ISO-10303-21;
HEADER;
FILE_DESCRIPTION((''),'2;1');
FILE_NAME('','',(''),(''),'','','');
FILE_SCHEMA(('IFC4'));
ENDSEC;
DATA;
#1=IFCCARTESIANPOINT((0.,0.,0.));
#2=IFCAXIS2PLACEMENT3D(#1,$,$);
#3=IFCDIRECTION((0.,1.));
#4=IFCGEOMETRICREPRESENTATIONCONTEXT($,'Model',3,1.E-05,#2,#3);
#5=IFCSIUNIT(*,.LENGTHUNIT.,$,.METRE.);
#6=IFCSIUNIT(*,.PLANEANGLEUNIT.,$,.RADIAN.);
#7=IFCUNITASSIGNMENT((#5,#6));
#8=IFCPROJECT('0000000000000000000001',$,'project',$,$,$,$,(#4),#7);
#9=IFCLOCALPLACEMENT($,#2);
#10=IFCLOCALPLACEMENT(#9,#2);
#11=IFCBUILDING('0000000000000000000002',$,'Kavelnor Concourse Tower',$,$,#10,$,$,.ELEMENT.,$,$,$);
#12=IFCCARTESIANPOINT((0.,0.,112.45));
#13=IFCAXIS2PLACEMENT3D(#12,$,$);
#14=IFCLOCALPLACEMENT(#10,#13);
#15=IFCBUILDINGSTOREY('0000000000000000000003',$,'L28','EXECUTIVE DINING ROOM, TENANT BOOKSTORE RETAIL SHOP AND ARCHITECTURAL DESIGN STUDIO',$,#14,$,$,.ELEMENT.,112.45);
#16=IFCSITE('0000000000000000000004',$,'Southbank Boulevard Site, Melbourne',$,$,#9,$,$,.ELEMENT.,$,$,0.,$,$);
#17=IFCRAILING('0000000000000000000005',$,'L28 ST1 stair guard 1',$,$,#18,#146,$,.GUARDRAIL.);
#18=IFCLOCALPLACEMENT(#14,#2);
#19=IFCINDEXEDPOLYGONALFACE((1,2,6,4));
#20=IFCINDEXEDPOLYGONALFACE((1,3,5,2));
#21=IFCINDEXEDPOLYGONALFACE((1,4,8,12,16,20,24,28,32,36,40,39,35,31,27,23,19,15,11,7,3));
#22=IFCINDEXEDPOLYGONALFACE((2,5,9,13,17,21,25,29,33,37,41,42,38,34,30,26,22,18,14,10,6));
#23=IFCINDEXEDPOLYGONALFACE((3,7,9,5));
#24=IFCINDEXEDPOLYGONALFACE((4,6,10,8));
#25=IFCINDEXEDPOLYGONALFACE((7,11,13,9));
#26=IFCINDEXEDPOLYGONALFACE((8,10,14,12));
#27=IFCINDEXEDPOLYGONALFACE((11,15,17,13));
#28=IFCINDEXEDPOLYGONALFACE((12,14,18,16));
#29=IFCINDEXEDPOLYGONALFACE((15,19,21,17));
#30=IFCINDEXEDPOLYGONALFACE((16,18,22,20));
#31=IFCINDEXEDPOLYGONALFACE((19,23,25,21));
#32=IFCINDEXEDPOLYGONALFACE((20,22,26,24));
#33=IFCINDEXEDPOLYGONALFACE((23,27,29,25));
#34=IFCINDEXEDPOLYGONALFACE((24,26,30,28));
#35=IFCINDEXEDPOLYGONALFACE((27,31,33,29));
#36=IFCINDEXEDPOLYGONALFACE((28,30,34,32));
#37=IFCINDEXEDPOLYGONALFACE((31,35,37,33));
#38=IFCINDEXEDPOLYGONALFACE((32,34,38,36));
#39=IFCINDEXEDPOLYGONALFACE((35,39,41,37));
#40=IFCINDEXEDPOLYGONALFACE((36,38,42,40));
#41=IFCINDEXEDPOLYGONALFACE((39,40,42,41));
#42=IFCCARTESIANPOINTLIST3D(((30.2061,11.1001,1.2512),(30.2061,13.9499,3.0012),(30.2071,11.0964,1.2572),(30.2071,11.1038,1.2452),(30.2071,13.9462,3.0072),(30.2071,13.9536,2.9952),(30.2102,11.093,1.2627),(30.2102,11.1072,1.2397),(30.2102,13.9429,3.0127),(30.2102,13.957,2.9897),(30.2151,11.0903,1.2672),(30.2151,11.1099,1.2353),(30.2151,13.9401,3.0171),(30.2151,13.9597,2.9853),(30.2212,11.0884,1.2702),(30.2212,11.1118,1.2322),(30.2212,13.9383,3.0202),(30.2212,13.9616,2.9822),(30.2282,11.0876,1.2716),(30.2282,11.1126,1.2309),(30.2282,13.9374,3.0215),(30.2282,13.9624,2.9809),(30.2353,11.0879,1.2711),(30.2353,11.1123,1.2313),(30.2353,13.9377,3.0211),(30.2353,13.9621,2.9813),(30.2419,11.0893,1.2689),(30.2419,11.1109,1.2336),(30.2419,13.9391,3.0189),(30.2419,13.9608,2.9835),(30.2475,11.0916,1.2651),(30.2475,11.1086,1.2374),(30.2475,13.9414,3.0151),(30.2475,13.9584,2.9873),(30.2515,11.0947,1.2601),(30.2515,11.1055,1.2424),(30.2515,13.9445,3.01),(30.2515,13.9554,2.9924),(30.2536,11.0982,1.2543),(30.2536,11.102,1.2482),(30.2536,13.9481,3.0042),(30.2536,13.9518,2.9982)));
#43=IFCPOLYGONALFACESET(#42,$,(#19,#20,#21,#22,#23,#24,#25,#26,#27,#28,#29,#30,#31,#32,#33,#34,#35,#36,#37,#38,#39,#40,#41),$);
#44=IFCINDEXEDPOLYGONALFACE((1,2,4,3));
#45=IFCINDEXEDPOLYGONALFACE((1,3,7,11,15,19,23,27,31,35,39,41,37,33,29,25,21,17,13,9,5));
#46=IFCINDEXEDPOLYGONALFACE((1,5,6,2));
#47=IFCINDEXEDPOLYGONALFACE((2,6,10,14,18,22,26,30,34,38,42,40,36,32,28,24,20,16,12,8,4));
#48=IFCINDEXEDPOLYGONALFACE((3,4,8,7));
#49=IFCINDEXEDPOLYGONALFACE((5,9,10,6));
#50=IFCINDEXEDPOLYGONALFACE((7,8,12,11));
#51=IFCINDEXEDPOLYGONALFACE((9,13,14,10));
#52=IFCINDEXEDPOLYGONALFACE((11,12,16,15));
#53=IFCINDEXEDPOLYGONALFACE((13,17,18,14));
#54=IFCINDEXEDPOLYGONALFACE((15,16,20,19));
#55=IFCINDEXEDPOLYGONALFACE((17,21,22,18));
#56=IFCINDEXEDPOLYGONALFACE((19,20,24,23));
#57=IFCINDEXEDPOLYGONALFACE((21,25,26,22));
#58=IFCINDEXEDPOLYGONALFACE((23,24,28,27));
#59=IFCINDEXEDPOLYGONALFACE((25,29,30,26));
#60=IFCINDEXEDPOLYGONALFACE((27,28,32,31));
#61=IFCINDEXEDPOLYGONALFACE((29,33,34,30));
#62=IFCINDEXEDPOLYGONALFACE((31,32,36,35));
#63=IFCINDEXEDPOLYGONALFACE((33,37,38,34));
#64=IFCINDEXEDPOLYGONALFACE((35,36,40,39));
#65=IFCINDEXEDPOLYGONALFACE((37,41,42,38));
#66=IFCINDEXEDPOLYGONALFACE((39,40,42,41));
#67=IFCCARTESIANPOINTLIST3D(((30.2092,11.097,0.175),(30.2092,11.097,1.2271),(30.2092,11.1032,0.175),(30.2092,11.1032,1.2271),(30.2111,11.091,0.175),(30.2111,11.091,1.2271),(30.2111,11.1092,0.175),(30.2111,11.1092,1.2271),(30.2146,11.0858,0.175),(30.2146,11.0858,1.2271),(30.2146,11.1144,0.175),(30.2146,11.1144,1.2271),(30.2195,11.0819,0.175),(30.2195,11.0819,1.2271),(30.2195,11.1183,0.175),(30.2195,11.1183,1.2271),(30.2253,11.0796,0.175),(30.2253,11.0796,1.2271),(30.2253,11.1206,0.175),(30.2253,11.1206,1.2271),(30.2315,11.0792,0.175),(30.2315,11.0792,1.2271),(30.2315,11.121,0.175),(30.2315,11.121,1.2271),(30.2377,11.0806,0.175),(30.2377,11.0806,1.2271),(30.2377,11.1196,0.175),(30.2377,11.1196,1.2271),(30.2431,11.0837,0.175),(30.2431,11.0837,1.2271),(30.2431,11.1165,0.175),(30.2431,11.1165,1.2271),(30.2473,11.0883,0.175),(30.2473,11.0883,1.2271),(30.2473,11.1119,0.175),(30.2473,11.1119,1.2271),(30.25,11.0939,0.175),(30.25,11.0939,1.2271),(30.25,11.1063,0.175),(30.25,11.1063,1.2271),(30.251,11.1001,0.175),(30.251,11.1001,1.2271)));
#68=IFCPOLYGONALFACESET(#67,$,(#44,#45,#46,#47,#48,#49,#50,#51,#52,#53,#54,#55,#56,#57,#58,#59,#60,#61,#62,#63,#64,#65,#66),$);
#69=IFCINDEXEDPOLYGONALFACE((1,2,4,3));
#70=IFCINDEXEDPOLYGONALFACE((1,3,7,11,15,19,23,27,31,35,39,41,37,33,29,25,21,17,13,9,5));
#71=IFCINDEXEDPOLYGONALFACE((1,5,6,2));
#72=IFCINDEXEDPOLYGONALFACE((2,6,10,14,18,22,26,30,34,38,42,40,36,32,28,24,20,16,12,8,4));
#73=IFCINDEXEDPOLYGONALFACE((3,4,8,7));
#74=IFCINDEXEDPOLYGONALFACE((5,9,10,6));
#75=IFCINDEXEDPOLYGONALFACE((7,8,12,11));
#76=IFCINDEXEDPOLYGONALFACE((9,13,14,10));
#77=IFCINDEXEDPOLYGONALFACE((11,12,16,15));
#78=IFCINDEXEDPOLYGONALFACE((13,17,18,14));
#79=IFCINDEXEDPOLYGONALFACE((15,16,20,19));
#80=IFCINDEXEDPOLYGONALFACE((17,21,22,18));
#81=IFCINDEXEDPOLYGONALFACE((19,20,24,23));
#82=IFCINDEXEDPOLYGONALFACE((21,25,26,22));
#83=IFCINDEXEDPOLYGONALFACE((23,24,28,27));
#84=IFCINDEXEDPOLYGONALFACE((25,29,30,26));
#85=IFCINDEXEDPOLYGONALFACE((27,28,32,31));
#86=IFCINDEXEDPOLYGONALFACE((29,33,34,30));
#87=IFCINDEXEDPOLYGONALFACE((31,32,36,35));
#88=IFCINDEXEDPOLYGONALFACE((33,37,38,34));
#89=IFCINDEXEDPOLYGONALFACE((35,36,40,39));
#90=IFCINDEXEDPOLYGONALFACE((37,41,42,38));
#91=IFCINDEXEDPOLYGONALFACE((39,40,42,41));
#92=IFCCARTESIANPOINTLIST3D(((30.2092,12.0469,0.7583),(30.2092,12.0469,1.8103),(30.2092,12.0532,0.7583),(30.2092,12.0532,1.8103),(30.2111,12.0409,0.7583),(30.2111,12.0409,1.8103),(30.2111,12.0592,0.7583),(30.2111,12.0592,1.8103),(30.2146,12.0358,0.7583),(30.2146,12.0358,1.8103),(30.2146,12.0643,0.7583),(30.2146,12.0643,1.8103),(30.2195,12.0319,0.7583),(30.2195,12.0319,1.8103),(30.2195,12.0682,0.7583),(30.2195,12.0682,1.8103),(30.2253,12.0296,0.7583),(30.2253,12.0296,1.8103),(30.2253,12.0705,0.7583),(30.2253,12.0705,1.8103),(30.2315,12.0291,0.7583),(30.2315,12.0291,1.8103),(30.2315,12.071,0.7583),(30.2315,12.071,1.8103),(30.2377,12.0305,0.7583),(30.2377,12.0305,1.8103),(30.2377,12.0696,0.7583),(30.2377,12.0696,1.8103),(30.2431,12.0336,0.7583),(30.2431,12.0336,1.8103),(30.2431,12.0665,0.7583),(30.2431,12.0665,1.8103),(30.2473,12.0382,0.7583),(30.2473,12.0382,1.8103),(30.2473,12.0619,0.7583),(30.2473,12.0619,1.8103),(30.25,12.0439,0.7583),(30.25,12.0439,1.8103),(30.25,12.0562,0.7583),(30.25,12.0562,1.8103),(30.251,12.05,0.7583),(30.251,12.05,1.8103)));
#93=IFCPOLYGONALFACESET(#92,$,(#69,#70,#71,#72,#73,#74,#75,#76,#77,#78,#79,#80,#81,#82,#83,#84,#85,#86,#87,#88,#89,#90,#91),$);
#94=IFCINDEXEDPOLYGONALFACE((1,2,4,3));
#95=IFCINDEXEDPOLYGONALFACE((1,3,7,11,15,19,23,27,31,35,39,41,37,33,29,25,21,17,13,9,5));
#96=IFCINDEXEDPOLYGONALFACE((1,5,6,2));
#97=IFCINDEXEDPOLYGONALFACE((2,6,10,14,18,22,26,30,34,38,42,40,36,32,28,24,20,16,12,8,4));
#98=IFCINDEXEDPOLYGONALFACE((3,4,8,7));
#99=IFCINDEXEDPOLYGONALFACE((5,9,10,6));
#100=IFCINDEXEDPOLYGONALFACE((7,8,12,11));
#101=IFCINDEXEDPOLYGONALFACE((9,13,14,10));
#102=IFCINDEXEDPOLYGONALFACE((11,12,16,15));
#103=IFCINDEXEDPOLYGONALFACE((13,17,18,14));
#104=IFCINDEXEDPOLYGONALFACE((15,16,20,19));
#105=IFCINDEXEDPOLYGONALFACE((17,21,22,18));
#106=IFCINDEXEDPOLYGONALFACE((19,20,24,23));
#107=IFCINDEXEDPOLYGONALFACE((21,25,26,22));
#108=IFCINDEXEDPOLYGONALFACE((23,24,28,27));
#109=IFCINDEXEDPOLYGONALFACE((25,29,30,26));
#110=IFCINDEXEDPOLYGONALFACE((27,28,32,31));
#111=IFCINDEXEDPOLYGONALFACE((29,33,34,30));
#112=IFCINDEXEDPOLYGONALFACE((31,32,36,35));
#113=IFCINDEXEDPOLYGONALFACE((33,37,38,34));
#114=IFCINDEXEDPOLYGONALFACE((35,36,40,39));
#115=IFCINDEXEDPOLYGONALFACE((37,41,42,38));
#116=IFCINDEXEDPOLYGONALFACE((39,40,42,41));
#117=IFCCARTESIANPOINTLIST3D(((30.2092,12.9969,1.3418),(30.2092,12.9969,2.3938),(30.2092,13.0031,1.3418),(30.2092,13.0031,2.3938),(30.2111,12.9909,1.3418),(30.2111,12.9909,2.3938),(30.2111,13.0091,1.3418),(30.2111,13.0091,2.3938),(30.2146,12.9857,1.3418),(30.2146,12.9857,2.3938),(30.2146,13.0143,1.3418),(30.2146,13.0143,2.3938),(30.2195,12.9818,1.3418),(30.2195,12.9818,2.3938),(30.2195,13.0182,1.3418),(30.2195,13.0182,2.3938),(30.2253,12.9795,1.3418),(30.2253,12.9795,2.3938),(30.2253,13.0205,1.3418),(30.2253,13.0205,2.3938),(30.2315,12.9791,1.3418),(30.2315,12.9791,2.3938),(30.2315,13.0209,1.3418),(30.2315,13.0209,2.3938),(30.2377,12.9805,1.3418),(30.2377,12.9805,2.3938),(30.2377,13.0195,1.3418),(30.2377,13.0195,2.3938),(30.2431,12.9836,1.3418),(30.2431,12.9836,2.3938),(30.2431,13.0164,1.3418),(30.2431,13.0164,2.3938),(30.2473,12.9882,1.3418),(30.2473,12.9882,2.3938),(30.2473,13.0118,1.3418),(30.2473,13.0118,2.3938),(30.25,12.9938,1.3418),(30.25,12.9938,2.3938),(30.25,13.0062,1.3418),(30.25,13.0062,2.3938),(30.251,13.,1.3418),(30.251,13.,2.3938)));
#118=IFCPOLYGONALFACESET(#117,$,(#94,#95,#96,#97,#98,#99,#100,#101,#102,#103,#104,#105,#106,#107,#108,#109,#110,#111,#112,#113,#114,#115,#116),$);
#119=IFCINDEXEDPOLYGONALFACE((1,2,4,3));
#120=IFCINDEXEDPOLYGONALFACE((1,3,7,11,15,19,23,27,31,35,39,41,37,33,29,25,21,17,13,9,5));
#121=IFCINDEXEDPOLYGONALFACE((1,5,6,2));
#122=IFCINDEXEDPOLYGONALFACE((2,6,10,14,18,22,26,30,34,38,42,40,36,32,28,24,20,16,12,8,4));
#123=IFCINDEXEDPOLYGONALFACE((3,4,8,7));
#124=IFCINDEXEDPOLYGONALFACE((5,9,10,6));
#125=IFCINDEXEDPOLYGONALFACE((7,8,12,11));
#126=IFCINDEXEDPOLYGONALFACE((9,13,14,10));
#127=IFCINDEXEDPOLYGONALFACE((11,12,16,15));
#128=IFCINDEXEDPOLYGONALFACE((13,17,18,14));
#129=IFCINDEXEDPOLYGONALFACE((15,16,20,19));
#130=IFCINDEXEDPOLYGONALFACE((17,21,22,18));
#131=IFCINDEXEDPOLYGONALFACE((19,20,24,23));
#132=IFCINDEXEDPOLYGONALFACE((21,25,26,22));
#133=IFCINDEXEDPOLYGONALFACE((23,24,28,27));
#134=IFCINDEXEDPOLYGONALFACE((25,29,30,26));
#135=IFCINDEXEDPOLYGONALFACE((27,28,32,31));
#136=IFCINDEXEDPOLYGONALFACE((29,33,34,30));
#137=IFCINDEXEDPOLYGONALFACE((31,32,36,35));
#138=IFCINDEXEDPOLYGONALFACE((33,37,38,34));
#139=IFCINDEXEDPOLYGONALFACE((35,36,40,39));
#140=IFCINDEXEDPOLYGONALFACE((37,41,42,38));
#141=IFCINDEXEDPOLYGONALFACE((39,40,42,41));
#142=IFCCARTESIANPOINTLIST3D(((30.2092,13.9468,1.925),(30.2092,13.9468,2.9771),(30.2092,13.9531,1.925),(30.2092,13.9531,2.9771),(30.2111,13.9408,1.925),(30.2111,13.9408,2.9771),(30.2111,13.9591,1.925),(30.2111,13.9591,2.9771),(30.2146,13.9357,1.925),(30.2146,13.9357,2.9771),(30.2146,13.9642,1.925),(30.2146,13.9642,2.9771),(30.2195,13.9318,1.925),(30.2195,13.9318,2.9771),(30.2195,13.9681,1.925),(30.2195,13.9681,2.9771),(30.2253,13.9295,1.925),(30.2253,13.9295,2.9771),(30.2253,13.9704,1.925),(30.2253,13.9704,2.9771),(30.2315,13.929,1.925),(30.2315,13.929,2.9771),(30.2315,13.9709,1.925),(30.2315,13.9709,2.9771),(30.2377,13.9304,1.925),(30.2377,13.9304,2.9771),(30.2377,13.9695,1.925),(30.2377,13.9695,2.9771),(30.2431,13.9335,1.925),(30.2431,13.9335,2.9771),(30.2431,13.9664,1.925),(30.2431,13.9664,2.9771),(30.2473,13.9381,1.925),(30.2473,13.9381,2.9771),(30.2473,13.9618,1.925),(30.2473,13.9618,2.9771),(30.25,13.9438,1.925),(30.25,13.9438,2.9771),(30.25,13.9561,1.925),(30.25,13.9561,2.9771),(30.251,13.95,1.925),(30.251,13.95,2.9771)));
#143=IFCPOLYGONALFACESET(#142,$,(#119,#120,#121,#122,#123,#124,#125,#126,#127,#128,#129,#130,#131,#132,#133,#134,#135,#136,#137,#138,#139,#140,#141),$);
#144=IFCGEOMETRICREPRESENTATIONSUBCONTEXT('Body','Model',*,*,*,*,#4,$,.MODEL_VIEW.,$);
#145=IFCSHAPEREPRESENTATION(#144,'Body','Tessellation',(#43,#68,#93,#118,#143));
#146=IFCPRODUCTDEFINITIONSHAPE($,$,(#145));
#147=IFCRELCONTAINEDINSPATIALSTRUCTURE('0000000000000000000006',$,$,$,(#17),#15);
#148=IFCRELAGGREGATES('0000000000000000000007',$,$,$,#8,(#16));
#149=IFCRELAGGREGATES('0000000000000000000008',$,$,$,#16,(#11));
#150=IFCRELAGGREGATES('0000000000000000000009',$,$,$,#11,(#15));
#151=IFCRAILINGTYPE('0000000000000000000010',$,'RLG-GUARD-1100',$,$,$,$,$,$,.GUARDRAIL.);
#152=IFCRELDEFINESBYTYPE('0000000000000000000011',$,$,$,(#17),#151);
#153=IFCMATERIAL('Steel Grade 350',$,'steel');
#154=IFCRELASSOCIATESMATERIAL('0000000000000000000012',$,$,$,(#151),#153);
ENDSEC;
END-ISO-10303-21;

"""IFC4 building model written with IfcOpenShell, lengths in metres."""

from ifc_helpers import new_model, si_unit, direction, frame, origin, origin_2d, place, context, subcontext, project, spatial, circle, extrude, material, type_object, element, save


model = new_model("IFC4")

# Units and contexts
model_context = context("Model", 3, precision=1e-05, world=origin(), true_north=direction((0.0, 1.0)))
body_context = subcontext(model_context, "Body", "Model", "MODEL_VIEW")
ifc_project = project(units=[si_unit("LENGTHUNIT", "METRE"), si_unit("PLANEANGLEUNIT", "RADIAN")], contexts=[model_context])

# Site, building, storey
site_placement = place(None, origin())
site = spatial("IfcSite", under=ifc_project, at=site_placement, Name="Southbank Boulevard Site, Melbourne", CompositionType="ELEMENT", RefElevation=0.0)
building_placement = place(site_placement, origin())
building = spatial("IfcBuilding", under=site, at=building_placement, Name="Kavelnor Concourse Tower", CompositionType="ELEMENT")
storey_placement = place(building_placement, frame((0.0, 0.0, 112.45)))
storey = spatial("IfcBuildingStorey", under=building, at=storey_placement, Name="L28", Description="EXECUTIVE DINING ROOM, TENANT BOOKSTORE RETAIL SHOP AND ARCHITECTURAL DESIGN STUDIO", CompositionType="ELEMENT", Elevation=112.45)

# Shared definitions
ifc_material_1 = material(Name="Steel Grade 350", Category="steel")

# Railing
railing_type_1 = type_object("IfcRailingType", Name="RLG-GUARD-1100", PredefinedType="GUARDRAIL", material=ifc_material_1)
railing_1_placement = place(storey_placement, frame((30.23, 11.1001, 0.175)))
element("IfcRailing", 1, at=railing_1_placement, inside=storey, type_object=railing_type_1, Name="L28 ST1 stair guard 1", PredefinedType="GUARDRAIL", context=body_context, shape_type="SweptSolid", body=[
    extrude(circle(Radius=0.0239, at=origin_2d()), frame((0.0, 0.0, 1.0762), z_axis=(0.0, 0.852159, 0.523283), x_axis=(-1.0, 0.0, 0.0)), (0.0, 0.0, 1.0), 3.3442),
    extrude(circle(Radius=0.021, at=origin_2d()), origin(), (0.0, 0.0, 1.0), 1.052),
    extrude(circle(Radius=0.021, at=origin_2d()), frame((0.0, 0.95, 0.5833)), (0.0, 0.0, 1.0), 1.052),
    extrude(circle(Radius=0.021, at=origin_2d()), frame((0.0, 1.8999, 1.1667)), (0.0, 0.0, 1.0), 1.052),
    extrude(circle(Radius=0.021, at=origin_2d()), frame((0.0, 2.8499, 1.75)), (0.0, 0.0, 1.0), 1.052),
])

save(model, "model.ifc")
